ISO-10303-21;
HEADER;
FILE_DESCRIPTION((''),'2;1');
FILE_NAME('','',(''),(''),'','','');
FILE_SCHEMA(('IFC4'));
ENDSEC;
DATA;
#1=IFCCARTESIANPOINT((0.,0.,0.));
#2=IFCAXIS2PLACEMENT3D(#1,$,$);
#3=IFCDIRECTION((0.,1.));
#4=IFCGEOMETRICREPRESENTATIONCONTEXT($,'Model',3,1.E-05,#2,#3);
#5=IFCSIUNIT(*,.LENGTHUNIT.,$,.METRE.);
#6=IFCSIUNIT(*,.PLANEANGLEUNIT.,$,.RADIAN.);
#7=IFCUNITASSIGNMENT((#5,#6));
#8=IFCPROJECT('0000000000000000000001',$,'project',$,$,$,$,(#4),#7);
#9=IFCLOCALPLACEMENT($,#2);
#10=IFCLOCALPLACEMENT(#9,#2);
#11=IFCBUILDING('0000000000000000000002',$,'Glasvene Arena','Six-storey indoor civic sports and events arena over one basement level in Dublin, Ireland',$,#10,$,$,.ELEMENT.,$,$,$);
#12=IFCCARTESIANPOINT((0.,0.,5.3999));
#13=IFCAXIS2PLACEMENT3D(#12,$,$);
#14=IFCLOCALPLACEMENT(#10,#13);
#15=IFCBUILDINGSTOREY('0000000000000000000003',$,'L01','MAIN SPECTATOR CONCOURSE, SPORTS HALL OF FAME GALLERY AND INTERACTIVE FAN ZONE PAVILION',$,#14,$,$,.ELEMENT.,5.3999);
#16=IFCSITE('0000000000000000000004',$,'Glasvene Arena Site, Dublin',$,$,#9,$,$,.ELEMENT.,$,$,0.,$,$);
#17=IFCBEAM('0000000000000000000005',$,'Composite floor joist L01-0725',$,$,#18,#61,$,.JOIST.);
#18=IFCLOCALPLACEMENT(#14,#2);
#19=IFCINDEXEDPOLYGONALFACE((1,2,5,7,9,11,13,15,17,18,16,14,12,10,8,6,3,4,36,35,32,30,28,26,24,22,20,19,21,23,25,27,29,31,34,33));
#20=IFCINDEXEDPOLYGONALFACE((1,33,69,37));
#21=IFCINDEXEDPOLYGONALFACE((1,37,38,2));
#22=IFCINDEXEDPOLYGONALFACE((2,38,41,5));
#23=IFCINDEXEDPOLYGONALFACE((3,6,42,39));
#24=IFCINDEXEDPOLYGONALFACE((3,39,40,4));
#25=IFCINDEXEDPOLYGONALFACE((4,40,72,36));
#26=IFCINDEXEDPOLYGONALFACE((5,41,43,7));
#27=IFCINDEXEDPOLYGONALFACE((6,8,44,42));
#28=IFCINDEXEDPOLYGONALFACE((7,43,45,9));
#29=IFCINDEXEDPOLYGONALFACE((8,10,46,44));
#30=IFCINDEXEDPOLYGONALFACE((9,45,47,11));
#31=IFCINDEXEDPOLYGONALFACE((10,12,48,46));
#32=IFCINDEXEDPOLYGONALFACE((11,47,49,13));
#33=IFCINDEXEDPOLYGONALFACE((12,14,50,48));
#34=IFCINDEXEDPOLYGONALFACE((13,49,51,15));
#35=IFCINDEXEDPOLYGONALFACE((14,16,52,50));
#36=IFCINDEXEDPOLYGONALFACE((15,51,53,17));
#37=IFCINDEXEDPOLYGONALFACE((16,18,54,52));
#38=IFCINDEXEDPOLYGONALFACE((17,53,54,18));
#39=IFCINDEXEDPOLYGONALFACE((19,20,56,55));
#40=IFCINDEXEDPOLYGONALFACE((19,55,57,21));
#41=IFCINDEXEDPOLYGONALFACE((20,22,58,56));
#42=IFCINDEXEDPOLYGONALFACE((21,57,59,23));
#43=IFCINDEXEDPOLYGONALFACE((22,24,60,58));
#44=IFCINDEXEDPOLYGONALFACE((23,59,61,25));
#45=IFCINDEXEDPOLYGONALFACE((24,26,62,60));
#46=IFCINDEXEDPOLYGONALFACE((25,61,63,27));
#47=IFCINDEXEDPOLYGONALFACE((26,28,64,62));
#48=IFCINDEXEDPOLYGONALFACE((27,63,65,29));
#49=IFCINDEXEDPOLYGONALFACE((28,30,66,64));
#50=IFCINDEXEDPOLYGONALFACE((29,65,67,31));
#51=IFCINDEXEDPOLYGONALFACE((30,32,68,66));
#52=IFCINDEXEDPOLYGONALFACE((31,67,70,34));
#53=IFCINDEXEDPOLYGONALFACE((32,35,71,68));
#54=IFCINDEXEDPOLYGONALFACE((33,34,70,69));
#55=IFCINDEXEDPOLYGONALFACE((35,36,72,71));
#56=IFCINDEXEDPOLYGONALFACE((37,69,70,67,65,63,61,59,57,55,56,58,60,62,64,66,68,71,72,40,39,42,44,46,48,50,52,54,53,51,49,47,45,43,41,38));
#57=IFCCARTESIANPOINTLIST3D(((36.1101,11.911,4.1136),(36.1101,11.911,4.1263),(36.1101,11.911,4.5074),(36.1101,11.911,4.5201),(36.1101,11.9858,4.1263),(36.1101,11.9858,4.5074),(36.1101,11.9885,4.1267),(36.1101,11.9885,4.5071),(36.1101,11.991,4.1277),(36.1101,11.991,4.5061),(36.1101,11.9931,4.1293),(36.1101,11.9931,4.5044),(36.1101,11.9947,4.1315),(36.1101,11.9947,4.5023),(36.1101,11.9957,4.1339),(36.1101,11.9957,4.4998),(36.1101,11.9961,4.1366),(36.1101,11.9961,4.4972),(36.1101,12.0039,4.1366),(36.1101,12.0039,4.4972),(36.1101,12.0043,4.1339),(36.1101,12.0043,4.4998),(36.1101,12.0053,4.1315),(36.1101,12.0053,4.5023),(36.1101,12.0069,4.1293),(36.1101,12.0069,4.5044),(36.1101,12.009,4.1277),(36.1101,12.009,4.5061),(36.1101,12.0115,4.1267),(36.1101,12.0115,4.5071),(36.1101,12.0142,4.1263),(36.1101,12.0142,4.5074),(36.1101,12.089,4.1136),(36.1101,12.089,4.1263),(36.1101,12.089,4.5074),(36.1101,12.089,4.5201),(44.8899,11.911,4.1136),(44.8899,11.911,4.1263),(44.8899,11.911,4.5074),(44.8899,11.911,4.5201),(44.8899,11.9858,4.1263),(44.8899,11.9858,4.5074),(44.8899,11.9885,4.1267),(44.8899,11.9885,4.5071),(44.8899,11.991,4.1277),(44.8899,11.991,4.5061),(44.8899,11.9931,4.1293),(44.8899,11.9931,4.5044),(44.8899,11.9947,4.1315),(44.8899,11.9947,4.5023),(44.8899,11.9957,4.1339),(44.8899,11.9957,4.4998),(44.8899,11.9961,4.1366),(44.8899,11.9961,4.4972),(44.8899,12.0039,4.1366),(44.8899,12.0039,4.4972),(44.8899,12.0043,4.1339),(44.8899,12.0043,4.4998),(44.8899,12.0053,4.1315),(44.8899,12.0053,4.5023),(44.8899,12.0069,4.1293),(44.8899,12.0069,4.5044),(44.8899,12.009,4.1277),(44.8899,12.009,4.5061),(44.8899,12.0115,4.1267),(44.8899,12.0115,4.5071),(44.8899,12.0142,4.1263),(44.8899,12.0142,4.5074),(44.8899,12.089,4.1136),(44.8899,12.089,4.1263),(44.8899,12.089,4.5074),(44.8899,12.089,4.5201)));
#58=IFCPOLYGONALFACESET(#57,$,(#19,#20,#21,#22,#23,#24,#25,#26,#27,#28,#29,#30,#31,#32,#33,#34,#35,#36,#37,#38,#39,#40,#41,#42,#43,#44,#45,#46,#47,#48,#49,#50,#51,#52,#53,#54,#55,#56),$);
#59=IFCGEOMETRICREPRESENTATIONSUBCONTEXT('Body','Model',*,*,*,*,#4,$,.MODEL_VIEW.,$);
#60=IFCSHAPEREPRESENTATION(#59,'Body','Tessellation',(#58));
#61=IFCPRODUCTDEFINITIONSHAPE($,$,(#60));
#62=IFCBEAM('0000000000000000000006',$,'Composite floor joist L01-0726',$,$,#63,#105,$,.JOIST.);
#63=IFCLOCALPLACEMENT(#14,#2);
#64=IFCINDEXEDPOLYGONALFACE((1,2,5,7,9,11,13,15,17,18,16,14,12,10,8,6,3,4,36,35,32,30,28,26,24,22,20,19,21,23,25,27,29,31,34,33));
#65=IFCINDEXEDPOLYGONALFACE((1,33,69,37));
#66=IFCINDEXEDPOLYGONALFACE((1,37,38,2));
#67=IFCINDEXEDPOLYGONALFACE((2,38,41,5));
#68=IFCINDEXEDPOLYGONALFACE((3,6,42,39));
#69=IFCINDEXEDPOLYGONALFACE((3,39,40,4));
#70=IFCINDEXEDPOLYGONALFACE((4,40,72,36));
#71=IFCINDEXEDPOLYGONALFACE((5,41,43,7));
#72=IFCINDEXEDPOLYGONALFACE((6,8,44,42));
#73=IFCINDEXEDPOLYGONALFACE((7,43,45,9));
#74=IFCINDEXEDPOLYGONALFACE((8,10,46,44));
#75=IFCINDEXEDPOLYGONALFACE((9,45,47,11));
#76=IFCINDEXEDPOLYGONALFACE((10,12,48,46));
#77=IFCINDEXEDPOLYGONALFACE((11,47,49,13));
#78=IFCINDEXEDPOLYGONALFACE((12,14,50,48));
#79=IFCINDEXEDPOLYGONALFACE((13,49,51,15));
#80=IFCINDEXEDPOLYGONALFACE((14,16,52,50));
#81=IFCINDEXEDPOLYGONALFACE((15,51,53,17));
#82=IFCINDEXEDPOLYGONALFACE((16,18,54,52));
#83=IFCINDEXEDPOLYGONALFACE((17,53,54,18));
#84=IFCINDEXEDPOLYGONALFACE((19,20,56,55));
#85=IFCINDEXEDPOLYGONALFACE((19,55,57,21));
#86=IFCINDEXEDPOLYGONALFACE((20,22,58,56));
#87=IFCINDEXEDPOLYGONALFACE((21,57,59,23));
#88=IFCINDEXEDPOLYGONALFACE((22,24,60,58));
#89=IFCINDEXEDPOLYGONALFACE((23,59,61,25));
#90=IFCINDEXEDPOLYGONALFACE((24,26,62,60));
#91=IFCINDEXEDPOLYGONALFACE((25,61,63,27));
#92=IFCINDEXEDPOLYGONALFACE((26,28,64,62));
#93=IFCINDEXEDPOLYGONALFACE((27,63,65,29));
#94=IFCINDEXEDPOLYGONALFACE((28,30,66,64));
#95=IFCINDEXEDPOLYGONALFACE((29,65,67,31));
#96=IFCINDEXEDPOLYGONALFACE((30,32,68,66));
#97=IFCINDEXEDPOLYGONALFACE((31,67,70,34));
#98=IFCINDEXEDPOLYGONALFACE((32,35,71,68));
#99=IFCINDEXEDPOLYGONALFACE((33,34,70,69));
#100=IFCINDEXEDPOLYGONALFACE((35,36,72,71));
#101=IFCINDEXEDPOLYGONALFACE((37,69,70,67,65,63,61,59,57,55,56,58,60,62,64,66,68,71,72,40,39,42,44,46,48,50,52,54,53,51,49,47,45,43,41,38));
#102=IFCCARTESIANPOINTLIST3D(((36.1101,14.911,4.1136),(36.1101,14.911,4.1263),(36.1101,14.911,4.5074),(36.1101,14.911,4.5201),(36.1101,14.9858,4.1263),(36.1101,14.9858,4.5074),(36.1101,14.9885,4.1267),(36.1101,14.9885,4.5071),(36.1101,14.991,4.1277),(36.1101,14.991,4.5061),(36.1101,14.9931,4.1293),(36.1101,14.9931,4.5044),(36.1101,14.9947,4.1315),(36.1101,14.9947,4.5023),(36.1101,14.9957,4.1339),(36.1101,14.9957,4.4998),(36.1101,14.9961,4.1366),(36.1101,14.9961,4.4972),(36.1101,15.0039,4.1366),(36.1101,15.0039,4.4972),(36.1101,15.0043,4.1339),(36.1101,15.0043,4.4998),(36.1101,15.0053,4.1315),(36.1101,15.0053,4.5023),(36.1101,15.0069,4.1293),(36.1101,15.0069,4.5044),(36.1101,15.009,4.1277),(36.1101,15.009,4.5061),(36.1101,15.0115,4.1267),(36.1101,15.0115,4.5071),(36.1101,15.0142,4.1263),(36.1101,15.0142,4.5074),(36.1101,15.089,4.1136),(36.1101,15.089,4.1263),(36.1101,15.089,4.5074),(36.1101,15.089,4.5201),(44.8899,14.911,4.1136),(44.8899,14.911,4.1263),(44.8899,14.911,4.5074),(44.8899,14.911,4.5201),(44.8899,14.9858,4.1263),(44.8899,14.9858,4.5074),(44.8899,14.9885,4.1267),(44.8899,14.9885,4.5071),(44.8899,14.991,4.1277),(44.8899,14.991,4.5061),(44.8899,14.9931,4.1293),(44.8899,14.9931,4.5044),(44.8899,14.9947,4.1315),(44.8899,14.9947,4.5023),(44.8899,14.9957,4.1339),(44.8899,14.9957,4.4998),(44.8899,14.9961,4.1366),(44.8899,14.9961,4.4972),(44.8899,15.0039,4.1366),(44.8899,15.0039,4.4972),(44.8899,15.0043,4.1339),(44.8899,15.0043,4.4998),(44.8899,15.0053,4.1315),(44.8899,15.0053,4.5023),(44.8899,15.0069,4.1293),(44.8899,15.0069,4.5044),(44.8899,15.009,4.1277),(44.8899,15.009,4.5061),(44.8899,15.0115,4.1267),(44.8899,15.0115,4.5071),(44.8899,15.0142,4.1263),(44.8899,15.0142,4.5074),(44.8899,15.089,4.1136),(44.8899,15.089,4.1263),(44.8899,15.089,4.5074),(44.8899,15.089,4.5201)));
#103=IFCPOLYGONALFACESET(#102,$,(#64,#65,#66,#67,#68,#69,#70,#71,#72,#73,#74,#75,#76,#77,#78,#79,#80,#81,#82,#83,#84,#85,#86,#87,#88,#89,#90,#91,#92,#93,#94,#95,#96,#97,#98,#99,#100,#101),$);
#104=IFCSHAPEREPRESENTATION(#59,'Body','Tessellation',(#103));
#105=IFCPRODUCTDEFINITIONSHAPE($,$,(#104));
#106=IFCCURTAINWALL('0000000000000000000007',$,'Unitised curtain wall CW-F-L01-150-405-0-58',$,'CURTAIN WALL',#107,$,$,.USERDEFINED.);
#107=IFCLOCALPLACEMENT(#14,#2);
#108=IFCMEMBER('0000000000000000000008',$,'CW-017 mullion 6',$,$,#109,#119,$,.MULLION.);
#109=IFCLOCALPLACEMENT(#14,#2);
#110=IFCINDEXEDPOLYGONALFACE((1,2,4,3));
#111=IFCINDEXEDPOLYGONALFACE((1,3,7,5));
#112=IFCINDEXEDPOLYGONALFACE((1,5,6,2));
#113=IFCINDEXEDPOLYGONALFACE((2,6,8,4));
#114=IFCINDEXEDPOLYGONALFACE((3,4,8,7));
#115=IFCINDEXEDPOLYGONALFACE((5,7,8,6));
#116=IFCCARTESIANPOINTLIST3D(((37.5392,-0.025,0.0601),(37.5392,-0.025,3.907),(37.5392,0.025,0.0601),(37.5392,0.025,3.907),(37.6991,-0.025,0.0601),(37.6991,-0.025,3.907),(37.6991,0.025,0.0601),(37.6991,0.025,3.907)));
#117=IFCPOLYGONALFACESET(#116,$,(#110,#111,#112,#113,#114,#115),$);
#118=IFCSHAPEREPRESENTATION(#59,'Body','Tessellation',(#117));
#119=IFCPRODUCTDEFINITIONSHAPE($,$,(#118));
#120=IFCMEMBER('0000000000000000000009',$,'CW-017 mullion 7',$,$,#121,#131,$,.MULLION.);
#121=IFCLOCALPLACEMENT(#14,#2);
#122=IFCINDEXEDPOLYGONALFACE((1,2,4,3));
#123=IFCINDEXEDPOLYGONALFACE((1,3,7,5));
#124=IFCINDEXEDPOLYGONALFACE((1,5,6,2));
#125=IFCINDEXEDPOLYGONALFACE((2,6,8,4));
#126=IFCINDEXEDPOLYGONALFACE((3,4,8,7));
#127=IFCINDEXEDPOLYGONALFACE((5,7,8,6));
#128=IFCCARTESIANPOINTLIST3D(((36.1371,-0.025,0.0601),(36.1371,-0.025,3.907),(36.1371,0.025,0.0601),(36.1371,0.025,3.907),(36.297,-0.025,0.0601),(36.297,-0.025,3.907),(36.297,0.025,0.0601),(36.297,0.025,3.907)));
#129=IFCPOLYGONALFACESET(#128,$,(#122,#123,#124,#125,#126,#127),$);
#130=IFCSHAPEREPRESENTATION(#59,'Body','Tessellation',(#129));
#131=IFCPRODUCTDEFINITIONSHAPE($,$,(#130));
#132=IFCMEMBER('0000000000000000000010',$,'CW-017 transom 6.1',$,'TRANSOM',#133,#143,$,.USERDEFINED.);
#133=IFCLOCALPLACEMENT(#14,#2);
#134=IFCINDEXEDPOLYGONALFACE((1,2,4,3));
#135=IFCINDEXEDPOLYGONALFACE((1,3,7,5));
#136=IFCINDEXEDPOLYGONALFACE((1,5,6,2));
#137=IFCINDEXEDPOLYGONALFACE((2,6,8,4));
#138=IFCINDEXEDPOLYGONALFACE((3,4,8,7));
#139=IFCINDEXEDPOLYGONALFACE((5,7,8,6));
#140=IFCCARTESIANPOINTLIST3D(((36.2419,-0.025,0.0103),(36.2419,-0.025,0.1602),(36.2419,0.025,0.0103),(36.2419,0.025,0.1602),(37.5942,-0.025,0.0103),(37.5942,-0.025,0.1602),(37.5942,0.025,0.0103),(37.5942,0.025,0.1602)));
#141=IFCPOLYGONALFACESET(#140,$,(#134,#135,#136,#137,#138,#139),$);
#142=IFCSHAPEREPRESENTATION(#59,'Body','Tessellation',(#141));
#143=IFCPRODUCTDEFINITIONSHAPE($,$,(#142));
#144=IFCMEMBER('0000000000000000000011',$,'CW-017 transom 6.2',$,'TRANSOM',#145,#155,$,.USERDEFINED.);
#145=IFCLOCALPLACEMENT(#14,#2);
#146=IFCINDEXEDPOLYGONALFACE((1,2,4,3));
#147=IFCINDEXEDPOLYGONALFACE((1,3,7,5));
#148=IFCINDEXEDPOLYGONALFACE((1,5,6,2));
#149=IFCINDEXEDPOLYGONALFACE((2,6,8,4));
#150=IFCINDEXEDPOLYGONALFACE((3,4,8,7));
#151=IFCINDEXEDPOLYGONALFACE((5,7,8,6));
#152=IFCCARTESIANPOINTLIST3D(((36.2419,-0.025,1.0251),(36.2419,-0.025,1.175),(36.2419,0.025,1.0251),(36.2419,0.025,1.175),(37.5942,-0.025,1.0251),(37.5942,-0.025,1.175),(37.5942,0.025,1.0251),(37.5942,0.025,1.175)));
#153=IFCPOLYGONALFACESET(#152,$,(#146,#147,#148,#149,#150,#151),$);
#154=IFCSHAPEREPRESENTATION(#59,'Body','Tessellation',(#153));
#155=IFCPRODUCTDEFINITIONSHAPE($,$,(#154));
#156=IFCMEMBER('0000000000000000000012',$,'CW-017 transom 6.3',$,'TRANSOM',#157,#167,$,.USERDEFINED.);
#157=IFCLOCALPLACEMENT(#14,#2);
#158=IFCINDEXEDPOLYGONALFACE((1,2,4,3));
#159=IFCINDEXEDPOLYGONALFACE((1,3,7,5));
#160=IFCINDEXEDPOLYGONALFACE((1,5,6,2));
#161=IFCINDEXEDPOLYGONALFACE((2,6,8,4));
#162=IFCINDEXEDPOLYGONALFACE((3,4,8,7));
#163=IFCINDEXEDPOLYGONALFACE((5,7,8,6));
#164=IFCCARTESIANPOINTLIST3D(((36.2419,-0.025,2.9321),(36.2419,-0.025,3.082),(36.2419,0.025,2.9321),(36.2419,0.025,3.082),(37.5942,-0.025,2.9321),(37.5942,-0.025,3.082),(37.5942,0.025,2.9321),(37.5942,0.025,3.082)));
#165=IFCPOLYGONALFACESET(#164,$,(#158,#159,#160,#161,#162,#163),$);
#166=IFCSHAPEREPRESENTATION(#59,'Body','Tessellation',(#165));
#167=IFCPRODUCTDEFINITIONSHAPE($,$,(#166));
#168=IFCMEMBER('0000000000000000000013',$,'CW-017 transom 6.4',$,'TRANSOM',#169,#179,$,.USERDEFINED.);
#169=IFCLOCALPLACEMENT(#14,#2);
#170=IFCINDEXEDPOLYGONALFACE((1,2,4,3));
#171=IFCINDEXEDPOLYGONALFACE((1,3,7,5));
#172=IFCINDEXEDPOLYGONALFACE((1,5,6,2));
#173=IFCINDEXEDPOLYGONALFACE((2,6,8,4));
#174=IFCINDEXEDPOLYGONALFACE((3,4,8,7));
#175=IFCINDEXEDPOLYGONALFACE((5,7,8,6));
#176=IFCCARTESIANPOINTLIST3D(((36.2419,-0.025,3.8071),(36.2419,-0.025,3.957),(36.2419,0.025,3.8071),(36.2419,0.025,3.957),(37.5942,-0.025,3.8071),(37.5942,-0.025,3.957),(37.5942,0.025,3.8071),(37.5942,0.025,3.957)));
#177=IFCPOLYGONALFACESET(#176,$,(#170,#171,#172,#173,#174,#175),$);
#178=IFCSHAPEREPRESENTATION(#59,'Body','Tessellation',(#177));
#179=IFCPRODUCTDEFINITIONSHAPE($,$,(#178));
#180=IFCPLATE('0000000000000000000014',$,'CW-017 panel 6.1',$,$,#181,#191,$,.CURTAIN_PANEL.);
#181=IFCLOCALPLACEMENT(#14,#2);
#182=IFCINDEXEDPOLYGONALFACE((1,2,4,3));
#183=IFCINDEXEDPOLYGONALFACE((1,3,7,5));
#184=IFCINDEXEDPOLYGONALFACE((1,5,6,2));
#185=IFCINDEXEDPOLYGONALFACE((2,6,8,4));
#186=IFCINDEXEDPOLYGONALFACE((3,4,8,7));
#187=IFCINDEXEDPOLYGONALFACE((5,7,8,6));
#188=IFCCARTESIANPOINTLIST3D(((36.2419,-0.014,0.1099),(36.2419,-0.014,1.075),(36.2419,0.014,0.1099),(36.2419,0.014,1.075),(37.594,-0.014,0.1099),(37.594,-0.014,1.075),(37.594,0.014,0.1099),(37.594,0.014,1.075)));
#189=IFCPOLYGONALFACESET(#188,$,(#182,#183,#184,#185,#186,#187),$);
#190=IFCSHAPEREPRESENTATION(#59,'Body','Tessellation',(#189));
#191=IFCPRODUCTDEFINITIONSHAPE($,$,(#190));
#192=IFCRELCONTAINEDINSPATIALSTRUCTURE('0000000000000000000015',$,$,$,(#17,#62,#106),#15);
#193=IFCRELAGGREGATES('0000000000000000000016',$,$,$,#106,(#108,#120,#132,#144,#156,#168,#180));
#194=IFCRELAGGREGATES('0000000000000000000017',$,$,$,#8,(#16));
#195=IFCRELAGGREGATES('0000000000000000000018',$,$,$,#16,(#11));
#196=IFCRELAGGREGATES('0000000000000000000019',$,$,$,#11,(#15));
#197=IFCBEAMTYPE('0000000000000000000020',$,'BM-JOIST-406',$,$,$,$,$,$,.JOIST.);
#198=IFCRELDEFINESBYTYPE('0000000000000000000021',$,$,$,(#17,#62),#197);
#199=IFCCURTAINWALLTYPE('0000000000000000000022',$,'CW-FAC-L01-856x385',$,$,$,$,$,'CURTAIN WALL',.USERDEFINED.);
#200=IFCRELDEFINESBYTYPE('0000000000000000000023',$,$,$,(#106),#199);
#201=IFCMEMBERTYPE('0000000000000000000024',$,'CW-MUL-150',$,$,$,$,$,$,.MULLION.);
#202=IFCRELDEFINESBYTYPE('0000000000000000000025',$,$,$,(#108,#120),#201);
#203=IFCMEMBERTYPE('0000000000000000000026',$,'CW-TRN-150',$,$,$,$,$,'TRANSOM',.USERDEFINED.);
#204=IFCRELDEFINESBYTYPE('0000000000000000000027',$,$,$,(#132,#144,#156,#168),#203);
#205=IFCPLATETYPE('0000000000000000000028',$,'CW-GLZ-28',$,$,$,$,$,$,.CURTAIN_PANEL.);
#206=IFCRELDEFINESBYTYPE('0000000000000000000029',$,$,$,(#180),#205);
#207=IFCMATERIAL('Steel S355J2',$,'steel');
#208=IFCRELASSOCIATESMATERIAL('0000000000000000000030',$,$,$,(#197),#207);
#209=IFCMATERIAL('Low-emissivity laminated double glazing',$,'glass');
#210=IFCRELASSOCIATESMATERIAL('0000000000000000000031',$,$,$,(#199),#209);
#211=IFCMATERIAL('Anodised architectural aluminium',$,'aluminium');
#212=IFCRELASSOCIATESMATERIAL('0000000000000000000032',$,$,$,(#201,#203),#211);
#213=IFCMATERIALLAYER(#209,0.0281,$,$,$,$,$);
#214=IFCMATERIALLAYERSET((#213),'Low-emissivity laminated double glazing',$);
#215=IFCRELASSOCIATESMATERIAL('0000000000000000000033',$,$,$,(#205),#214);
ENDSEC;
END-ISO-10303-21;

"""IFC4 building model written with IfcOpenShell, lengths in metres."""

from ifc_helpers import new_model, si_unit, direction, frame, origin, origin_2d, place, context, subcontext, project, spatial, rectangle, i_section, extrude, material, layer, layer_set, material_profile, profile_set, type_object, element, aggregate, save


model = new_model("IFC4")

# Units and contexts
model_context = context("Model", 3, precision=1e-05, world=origin(), true_north=direction((0.0, 1.0)))
body_context = subcontext(model_context, "Body", "Model", "MODEL_VIEW")
ifc_project = project(units=[si_unit("LENGTHUNIT", "METRE"), si_unit("PLANEANGLEUNIT", "RADIAN")], contexts=[model_context])

# Site, building, storey
site_placement = place(None, origin())
site = spatial("IfcSite", under=ifc_project, at=site_placement, Name="Glasvene Arena Site, Dublin", CompositionType="ELEMENT", RefElevation=0.0)
building_placement = place(site_placement, origin())
building = spatial("IfcBuilding", under=site, at=building_placement, Name="Glasvene Arena", Description="Six-storey indoor civic sports and events arena over one basement level in Dublin, Ireland", CompositionType="ELEMENT")
storey_placement = place(building_placement, frame((0.0, 0.0, 5.3999)))
storey = spatial("IfcBuildingStorey", under=building, at=storey_placement, Name="L01", Description="MAIN SPECTATOR CONCOURSE, SPORTS HALL OF FAME GALLERY AND INTERACTIVE FAN ZONE PAVILION", CompositionType="ELEMENT", Elevation=5.3999)

# Shared definitions
ifc_material_1 = material(Name="Steel S355J2", Category="steel")

# Beams
ifc_material_profile_1 = material_profile(ifc_material_1, i_section(OverallWidth=0.178, OverallDepth=0.4065, WebThickness=0.0078, FlangeThickness=0.0127, FilletRadius=0.0103, at=origin_2d()), Name="UKB 406x178x60")
ifc_profile_set_1 = profile_set([ifc_material_profile_1], Name="Steel S355J2")
beam_type_1 = type_object("IfcBeamType", Name="BM-JOIST-406", PredefinedType="JOIST", material=ifc_profile_set_1)
for number, where, z_axis, x_axis, name in (
    (1, (36.1101, 12.0, 4.3169), (1.0, 0.0, 0.0), (0.0, 1.0, 0.0), "Composite floor joist L01-0725"),
    (2, (36.1101, 15.0, 4.3169), (1.0, 0.0, 0.0), (0.0, 1.0, 0.0), "Composite floor joist L01-0726"),
):
    element("IfcBeam", number, at=place(storey_placement, frame(where, z_axis=z_axis, x_axis=x_axis)), inside=storey, type_object=beam_type_1, Name=name, PredefinedType="JOIST", context=body_context, shape_type="SweptSolid", body=[
        extrude(i_section(OverallWidth=0.178, OverallDepth=0.4065, WebThickness=0.0078, FlangeThickness=0.0127, FilletRadius=0.0103, at=origin_2d()), origin(), (0.0, 0.0, 1.0), 8.7798),
    ])

# Curtain wall, members, plate
ifc_material_2 = material(Name="Low-emissivity laminated double glazing", Category="glass")
curtain_wall_type = type_object("IfcCurtainWallType", Name="CW-FAC-L01-856x385", ElementType="CURTAIN WALL", PredefinedType="USERDEFINED", material=ifc_material_2)
curtain_wall_placement = place(storey_placement, frame((44.7549, 0.0, 0.0)))
curtain_wall = element("IfcCurtainWall", 3, at=curtain_wall_placement, inside=storey, type_object=curtain_wall_type, Name="Unitised curtain wall CW-F-L01-150-405-0-58", ObjectType="CURTAIN WALL", PredefinedType="USERDEFINED")
ifc_material_3 = material(Name="Anodised architectural aluminium", Category="aluminium")
ifc_material_profile_2 = material_profile(ifc_material_3, rectangle(XDim=0.05, YDim=0.1599, at=origin_2d()), Name="ALU MULLION 50x160")
ifc_profile_set_2 = profile_set([ifc_material_profile_2], Name="Anodised architectural aluminium")
member_type_1 = type_object("IfcMemberType", Name="CW-MUL-150", PredefinedType="MULLION", material=ifc_profile_set_2)
member_1_placement = place(storey_placement, frame((37.6191, 0.0, 0.0601), z_axis=(0.0, 0.0, 1.0), x_axis=(0.0, -1.0, 0.0)))
member_1 = element("IfcMember", 4, at=member_1_placement, type_object=member_type_1, Name="CW-017 mullion 6", PredefinedType="MULLION", context=body_context, shape_type="SweptSolid", body=[
    extrude(rectangle(XDim=0.05, YDim=0.1599, at=origin_2d()), origin(), (0.0, 0.0, 1.0), 3.8469),
])
member_2_placement = place(storey_placement, frame((36.217, 0.0, 0.0601), z_axis=(0.0, 0.0, 1.0), x_axis=(0.0, -1.0, 0.0)))
member_2 = element("IfcMember", 5, at=member_2_placement, type_object=member_type_1, Name="CW-017 mullion 7", PredefinedType="MULLION", context=body_context, shape_type="SweptSolid", body=[
    extrude(rectangle(XDim=0.05, YDim=0.1599, at=origin_2d()), origin(), (0.0, 0.0, 1.0), 3.8469),
])
ifc_material_profile_3 = material_profile(ifc_material_3, rectangle(XDim=0.05, YDim=0.1499, at=origin_2d()), Name="ALU TRANSOM 50x150")
ifc_profile_set_3 = profile_set([ifc_material_profile_3], Name="Anodised architectural aluminium")
member_type_2 = type_object("IfcMemberType", Name="CW-TRN-150", ElementType="TRANSOM", PredefinedType="USERDEFINED", material=ifc_profile_set_3)
member_3_placement = place(storey_placement, frame((37.5942, 0.0, 0.0852), z_axis=(-1.0, 0.0, 0.0), x_axis=(0.0, -1.0, 0.0)))
member_3 = element("IfcMember", 6, at=member_3_placement, type_object=member_type_2, Name="CW-017 transom 6.1", ObjectType="TRANSOM", PredefinedType="USERDEFINED", context=body_context, shape_type="SweptSolid", body=[
    extrude(rectangle(XDim=0.05, YDim=0.1499, at=origin_2d()), origin(), (0.0, 0.0, 1.0), 1.3523),
])
member_4_placement = place(storey_placement, frame((37.5942, 0.0, 1.1001), z_axis=(-1.0, 0.0, 0.0), x_axis=(0.0, -1.0, 0.0)))
member_4 = element("IfcMember", 7, at=member_4_placement, type_object=member_type_2, Name="CW-017 transom 6.2", ObjectType="TRANSOM", PredefinedType="USERDEFINED", context=body_context, shape_type="SweptSolid", body=[
    extrude(rectangle(XDim=0.05, YDim=0.1499, at=origin_2d()), origin(), (0.0, 0.0, 1.0), 1.3523),
])
member_5_placement = place(storey_placement, frame((37.5942, 0.0, 3.0071), z_axis=(-1.0, 0.0, 0.0), x_axis=(0.0, -1.0, 0.0)))
member_5 = element("IfcMember", 8, at=member_5_placement, type_object=member_type_2, Name="CW-017 transom 6.3", ObjectType="TRANSOM", PredefinedType="USERDEFINED", context=body_context, shape_type="SweptSolid", body=[
    extrude(rectangle(XDim=0.05, YDim=0.1499, at=origin_2d()), origin(), (0.0, 0.0, 1.0), 1.3523),
])
member_6_placement = place(storey_placement, frame((37.5942, 0.0, 3.8821), z_axis=(-1.0, 0.0, 0.0), x_axis=(0.0, -1.0, 0.0)))
member_6 = element("IfcMember", 9, at=member_6_placement, type_object=member_type_2, Name="CW-017 transom 6.4", ObjectType="TRANSOM", PredefinedType="USERDEFINED", context=body_context, shape_type="SweptSolid", body=[
    extrude(rectangle(XDim=0.05, YDim=0.1499, at=origin_2d()), origin(), (0.0, 0.0, 1.0), 1.3523),
])
ifc_layer_1 = layer(ifc_material_2, 0.0281)
ifc_layer_set_1 = layer_set([ifc_layer_1], Name="Low-emissivity laminated double glazing")
plate_type = type_object("IfcPlateType", Name="CW-GLZ-28", PredefinedType="CURTAIN_PANEL", material=ifc_layer_set_1)
plate_1_placement = place(storey_placement, frame((36.918, 0.0, 0.1099), z_axis=(0.0, 0.0, 1.0), x_axis=(-1.0, 0.0, 0.0)))
plate_1 = element("IfcPlate", 10, at=plate_1_placement, type_object=plate_type, Name="CW-017 panel 6.1", PredefinedType="CURTAIN_PANEL", context=body_context, shape_type="SweptSolid", body=[
    extrude(rectangle(XDim=1.3521, YDim=0.0281, at=origin_2d()), origin(), (0.0, 0.0, 1.0), 0.9651),
])
aggregate(curtain_wall, [member_1, member_2, member_3, member_4, member_5, member_6, plate_1])

save(model, "model.ifc")
